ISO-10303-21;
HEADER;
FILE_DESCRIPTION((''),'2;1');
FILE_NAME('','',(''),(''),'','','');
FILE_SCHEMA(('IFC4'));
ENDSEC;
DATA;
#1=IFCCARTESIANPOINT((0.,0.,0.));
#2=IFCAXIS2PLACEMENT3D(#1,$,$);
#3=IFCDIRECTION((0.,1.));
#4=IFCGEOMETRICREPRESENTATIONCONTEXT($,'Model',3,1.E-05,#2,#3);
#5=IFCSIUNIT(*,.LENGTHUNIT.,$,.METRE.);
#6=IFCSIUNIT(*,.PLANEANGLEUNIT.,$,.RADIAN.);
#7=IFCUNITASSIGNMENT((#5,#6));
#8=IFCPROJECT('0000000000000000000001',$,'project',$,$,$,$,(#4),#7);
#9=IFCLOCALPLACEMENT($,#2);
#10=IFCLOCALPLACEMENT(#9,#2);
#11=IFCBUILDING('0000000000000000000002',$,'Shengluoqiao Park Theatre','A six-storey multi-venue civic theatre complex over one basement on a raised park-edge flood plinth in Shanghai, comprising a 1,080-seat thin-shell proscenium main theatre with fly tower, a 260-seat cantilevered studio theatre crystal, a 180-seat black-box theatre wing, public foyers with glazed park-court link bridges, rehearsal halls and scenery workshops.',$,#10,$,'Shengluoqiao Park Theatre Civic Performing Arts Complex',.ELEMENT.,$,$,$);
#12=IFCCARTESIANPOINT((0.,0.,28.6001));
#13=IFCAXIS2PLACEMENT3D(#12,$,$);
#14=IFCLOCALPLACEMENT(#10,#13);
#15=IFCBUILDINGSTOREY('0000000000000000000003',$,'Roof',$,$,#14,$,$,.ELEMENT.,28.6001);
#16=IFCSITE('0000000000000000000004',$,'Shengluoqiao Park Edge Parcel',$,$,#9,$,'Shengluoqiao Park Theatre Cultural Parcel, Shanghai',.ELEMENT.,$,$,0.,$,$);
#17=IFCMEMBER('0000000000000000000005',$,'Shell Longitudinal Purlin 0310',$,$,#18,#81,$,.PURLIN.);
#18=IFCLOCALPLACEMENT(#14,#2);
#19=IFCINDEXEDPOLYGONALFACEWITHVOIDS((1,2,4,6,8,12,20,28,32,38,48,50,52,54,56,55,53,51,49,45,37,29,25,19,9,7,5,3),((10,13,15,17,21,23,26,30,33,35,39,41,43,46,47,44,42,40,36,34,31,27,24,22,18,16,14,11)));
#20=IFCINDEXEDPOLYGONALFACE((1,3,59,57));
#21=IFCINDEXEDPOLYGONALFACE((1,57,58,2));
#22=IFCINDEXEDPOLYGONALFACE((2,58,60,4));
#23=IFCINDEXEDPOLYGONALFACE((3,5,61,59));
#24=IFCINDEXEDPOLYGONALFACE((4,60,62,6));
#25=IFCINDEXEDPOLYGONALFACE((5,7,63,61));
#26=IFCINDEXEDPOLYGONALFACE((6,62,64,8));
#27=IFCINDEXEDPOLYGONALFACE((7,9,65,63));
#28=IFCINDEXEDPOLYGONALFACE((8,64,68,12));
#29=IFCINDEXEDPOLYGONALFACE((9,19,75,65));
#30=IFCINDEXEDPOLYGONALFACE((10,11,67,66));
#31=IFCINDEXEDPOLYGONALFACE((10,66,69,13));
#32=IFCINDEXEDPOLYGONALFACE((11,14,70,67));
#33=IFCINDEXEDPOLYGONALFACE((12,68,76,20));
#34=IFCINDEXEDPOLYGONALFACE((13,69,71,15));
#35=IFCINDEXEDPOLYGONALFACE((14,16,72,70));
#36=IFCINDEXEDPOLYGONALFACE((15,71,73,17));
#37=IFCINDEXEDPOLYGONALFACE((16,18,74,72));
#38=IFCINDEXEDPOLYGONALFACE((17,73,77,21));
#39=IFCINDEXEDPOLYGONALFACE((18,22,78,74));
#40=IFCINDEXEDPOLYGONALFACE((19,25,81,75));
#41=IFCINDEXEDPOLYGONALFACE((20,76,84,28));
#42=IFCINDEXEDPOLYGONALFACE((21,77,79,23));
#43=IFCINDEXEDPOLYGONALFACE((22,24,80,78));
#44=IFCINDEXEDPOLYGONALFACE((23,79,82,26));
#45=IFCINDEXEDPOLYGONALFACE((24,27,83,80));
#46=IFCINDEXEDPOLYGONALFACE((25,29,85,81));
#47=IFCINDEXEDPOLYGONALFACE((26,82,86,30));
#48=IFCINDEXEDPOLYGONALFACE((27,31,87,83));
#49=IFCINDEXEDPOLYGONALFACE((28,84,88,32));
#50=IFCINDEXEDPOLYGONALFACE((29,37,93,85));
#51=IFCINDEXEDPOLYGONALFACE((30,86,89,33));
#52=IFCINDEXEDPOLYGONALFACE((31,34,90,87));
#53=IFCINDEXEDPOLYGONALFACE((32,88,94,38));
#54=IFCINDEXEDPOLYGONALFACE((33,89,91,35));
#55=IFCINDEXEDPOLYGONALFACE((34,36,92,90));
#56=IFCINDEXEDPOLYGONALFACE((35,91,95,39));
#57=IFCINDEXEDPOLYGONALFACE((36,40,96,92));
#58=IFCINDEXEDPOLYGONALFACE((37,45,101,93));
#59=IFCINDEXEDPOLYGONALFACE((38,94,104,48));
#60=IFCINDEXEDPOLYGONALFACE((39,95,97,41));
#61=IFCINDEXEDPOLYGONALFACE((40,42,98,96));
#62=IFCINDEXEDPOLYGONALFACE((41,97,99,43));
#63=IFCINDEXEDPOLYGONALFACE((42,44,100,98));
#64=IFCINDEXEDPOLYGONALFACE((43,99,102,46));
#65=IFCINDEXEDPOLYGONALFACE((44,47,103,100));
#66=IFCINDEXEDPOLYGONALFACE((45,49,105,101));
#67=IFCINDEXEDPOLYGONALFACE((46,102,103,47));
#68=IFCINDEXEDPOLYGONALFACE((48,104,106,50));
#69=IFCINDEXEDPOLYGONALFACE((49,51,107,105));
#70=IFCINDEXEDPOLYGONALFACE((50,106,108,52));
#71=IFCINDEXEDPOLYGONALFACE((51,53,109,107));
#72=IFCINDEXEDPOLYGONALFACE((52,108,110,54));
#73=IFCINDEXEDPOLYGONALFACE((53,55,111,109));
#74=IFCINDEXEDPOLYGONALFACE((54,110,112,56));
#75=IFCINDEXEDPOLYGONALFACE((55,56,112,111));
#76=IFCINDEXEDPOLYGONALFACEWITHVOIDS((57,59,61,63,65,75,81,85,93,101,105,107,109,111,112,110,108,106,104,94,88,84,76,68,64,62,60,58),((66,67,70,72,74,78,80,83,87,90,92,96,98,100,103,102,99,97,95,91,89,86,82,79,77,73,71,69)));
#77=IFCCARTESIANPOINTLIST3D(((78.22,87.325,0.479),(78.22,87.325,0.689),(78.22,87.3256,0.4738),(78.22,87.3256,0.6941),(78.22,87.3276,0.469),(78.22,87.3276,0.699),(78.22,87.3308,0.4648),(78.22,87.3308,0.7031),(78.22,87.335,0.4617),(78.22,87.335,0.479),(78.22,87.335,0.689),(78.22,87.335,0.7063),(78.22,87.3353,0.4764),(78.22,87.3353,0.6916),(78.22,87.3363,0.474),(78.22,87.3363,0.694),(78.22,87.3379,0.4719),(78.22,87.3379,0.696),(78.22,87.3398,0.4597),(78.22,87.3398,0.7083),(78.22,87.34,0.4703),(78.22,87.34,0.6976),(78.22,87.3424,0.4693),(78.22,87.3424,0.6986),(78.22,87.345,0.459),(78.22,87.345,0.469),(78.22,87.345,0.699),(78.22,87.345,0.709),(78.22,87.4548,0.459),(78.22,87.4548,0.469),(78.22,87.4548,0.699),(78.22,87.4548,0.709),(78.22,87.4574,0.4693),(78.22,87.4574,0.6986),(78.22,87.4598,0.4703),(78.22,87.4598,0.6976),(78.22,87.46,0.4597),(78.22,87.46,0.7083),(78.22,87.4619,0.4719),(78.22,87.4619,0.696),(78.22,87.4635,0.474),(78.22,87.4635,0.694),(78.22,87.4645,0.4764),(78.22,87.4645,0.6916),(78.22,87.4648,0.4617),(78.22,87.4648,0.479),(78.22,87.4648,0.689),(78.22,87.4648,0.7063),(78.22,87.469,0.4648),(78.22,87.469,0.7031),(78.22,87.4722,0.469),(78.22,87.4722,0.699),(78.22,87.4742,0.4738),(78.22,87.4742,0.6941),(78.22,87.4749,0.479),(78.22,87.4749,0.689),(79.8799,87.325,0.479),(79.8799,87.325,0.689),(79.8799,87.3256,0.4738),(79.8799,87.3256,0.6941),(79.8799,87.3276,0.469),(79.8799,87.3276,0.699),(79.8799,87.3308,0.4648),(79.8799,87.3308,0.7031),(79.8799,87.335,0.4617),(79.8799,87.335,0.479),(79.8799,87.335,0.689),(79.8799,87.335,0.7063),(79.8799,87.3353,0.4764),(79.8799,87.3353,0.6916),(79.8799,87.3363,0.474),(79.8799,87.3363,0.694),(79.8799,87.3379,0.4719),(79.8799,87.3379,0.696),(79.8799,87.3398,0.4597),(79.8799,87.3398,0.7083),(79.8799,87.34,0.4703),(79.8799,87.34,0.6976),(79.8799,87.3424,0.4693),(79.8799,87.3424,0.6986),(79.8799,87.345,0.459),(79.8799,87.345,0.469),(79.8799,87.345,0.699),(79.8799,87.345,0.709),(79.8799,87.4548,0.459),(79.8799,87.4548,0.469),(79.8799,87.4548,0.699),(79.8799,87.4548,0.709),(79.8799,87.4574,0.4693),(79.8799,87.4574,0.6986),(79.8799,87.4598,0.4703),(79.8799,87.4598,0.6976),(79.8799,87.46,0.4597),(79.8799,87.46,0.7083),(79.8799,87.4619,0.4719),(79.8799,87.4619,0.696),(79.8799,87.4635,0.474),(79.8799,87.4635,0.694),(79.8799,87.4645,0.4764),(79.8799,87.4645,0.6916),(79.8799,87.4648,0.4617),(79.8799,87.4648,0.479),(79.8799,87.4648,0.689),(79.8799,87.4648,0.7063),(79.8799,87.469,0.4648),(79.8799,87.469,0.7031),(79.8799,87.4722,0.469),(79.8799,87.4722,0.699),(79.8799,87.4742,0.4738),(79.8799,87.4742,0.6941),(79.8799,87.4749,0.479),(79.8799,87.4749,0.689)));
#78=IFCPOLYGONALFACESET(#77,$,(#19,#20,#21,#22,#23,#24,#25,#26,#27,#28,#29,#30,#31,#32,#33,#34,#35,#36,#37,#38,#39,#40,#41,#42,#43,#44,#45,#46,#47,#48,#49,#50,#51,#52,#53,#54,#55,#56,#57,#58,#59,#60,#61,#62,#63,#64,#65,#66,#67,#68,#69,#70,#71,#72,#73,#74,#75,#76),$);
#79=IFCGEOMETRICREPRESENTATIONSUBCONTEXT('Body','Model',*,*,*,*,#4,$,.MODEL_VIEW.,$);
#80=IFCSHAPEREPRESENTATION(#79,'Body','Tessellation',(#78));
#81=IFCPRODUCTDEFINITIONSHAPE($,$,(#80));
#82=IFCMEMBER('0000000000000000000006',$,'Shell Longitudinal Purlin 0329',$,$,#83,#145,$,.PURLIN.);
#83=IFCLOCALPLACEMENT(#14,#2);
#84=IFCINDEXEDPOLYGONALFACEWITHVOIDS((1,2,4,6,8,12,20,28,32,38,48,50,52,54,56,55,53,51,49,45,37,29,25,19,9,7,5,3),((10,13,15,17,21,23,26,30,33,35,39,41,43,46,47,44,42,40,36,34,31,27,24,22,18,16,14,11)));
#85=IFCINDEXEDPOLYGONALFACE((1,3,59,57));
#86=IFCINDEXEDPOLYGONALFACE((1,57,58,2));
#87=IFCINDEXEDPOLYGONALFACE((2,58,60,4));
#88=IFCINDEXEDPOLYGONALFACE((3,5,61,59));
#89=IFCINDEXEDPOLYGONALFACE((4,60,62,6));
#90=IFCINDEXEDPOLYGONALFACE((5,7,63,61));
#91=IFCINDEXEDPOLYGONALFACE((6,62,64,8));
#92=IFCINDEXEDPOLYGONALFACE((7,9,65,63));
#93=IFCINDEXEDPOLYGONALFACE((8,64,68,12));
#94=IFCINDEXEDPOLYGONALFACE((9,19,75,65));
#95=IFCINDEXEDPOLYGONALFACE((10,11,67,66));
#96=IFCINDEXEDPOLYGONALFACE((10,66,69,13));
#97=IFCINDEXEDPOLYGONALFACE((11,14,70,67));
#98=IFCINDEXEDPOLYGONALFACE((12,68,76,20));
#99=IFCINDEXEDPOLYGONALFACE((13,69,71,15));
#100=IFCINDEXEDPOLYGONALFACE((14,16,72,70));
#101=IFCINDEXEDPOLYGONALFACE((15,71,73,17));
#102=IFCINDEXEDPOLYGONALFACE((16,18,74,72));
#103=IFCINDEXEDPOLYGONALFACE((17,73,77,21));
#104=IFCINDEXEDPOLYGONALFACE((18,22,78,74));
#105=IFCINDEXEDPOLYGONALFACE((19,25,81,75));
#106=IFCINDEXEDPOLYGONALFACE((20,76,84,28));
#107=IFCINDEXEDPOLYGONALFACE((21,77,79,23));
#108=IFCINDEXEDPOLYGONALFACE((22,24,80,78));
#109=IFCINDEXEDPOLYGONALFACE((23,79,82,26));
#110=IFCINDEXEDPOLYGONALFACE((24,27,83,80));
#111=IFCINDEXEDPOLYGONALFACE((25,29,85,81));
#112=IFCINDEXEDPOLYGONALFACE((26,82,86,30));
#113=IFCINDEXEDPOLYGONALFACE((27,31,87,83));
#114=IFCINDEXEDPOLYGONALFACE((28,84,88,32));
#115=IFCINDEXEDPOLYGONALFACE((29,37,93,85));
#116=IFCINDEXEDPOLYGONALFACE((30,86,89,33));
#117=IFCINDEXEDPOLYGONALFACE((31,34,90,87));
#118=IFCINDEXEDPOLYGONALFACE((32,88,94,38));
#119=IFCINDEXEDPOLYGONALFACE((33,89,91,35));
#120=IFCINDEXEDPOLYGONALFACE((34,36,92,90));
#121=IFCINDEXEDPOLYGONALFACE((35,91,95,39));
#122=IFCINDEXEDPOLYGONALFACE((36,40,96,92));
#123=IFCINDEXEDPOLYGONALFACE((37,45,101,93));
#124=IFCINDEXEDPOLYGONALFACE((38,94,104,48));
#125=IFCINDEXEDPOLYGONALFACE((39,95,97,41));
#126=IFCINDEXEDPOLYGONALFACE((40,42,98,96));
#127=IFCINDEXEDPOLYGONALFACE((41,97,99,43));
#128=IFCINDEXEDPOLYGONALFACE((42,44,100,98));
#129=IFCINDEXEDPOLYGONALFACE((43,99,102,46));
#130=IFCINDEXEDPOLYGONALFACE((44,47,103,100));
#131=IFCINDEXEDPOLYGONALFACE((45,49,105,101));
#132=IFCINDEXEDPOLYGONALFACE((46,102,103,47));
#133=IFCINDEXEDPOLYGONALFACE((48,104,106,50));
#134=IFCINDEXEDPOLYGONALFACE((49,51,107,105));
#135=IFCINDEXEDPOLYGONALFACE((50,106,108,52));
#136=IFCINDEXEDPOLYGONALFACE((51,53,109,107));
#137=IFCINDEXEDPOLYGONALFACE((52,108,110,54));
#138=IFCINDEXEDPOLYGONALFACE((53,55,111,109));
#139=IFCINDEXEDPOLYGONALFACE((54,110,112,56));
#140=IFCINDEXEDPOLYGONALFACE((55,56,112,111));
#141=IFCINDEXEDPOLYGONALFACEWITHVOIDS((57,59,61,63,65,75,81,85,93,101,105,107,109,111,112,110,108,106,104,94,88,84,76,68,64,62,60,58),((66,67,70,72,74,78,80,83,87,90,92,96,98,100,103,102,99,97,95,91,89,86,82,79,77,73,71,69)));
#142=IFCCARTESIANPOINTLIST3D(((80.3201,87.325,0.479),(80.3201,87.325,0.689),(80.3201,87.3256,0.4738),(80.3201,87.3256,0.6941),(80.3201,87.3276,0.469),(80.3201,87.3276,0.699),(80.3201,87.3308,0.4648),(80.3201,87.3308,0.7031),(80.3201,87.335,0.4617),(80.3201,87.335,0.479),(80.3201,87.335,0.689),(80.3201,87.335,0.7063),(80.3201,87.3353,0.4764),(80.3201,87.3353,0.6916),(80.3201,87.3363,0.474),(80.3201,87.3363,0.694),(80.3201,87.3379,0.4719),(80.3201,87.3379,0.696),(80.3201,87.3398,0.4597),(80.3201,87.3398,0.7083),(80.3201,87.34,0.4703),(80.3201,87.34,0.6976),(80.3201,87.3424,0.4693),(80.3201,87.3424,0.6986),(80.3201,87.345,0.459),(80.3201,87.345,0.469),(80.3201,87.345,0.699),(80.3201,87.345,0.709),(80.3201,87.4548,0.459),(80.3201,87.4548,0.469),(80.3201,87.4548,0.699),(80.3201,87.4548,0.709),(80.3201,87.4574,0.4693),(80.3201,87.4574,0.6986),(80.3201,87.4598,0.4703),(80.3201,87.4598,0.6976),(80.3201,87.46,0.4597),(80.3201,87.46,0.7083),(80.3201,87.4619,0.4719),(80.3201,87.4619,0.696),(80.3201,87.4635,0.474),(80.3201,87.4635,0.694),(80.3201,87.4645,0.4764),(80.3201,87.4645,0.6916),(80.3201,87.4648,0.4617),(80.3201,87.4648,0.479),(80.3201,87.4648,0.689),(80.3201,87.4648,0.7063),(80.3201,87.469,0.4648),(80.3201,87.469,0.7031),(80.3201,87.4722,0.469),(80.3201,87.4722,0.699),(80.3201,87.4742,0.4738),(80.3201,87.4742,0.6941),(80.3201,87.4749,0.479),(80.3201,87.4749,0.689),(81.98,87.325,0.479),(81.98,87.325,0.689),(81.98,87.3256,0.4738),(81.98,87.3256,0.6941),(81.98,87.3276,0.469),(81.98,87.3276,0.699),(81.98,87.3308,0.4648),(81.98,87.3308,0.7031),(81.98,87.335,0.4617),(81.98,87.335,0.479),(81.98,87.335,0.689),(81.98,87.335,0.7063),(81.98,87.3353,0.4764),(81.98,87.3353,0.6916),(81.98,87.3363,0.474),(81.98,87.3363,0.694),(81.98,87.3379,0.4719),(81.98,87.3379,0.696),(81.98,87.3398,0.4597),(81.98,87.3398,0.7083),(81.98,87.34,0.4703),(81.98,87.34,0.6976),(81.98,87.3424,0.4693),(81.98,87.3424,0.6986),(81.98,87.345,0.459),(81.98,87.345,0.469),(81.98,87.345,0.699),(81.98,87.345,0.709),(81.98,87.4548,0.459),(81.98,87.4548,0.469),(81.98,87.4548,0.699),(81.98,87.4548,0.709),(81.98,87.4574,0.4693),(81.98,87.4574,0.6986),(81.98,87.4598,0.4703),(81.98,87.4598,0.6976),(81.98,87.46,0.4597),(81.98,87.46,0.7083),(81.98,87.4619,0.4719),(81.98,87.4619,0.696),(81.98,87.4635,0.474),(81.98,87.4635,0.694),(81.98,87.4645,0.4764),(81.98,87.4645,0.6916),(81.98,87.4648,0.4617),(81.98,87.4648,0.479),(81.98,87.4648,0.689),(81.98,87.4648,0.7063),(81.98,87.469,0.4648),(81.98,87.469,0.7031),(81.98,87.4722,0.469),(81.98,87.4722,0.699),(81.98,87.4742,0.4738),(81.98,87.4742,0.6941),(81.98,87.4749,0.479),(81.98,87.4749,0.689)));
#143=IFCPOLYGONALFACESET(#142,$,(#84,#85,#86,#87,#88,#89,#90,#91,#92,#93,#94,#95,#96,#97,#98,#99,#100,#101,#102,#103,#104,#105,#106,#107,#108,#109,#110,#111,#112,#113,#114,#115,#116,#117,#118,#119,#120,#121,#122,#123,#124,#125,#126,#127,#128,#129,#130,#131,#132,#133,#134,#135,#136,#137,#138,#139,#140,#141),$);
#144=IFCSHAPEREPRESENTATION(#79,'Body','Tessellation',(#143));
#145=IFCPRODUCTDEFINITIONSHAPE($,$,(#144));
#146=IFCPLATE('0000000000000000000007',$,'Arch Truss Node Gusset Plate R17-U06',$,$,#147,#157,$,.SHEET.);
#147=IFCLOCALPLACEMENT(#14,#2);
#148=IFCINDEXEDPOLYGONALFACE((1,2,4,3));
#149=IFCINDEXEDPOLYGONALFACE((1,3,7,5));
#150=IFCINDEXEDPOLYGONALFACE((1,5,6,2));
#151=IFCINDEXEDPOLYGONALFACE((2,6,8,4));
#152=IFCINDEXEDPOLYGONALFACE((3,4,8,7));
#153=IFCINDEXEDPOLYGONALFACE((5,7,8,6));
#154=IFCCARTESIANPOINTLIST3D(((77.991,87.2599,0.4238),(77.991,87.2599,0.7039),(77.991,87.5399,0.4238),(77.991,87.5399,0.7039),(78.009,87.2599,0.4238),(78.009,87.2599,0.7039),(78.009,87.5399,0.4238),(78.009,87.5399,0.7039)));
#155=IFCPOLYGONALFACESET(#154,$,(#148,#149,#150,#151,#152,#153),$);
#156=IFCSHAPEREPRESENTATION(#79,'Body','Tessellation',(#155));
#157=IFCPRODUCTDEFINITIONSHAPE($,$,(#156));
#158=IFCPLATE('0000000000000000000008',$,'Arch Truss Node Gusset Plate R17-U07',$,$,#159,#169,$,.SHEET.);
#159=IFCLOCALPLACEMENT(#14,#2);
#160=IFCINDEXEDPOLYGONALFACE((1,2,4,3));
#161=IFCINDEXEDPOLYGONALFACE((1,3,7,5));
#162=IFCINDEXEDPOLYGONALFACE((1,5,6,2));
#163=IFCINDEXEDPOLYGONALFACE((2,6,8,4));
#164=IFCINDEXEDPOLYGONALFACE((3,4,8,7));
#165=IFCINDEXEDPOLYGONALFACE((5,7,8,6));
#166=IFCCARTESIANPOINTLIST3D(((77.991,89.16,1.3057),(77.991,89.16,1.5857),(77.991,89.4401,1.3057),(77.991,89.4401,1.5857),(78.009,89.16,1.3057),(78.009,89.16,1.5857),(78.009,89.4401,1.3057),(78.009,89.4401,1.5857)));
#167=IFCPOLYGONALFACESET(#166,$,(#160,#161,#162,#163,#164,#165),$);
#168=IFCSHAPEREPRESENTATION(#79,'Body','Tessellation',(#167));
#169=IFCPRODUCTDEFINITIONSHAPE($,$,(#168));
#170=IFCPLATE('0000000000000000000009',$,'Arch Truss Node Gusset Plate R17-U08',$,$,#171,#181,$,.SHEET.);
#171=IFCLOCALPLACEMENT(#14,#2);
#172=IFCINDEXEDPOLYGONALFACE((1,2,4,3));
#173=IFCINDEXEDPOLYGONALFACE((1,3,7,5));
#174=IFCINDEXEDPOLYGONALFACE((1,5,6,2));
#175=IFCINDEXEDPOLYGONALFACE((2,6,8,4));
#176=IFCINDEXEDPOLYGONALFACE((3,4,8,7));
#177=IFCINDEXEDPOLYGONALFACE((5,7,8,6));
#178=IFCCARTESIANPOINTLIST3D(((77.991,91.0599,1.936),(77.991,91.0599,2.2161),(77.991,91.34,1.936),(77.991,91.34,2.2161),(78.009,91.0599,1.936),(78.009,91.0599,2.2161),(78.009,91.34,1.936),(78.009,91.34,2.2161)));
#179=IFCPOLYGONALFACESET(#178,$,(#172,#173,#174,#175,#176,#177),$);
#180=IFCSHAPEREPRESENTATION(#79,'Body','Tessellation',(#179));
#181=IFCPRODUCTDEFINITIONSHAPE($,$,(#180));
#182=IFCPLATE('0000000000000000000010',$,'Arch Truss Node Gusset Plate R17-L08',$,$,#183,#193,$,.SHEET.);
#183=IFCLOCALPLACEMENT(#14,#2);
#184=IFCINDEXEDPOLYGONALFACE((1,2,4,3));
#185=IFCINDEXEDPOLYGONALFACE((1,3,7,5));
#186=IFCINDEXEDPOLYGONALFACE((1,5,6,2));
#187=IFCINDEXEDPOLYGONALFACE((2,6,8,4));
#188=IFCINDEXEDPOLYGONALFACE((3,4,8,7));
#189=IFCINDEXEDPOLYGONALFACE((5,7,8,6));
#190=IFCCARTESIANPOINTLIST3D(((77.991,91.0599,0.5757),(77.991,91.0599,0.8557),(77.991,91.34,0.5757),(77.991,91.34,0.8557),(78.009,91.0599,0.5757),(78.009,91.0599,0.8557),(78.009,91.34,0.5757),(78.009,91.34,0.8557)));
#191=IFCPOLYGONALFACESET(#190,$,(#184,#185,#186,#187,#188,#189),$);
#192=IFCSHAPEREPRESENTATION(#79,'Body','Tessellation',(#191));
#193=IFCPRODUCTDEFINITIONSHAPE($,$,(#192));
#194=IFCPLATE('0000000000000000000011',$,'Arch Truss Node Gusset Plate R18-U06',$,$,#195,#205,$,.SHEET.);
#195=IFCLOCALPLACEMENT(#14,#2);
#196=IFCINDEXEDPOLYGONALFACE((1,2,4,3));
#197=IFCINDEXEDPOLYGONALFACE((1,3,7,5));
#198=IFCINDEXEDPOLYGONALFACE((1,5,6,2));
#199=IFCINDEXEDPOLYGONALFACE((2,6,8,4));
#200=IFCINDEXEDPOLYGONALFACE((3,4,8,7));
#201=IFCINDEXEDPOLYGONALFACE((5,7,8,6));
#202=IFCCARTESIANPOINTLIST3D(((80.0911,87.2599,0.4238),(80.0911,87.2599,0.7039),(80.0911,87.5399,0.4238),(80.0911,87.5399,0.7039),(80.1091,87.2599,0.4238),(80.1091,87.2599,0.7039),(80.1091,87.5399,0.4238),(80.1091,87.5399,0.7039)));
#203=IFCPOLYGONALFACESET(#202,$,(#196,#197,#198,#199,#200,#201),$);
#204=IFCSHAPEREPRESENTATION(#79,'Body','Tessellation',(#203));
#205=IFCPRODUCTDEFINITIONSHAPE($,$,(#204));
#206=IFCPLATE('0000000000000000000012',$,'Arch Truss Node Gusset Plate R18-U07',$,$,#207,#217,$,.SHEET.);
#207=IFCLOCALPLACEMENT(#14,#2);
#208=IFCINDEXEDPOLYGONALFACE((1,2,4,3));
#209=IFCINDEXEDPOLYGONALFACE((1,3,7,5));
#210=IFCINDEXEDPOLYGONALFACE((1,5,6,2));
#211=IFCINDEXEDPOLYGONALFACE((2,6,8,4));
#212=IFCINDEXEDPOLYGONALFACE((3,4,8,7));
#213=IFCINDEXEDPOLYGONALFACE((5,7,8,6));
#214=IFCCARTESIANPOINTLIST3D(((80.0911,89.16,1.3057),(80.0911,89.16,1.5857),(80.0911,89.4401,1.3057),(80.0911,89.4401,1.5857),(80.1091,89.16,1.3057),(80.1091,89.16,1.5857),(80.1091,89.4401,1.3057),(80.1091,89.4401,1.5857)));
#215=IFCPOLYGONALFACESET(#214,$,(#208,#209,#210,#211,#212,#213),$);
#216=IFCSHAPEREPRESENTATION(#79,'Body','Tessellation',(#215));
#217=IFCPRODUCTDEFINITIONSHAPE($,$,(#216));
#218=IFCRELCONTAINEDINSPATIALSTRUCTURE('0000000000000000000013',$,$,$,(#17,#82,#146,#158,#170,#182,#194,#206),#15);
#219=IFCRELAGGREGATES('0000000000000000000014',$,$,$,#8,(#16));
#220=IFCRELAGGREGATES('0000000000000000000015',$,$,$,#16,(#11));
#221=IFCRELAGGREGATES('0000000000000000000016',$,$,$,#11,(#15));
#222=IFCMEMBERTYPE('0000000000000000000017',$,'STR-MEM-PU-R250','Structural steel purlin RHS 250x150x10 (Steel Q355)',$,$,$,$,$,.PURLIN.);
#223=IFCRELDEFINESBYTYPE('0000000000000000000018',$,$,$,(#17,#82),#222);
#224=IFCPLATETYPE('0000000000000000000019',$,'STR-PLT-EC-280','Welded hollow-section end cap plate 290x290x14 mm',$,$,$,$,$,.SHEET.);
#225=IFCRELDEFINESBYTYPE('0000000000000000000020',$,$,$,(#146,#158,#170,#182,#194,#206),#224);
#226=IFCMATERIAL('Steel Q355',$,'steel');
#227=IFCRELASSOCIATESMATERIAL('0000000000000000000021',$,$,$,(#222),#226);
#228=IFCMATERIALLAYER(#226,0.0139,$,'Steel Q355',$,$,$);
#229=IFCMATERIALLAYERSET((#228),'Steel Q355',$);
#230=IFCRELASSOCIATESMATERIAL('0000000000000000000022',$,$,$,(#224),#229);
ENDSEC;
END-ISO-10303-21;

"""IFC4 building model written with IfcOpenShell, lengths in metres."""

from ifc_helpers import new_model, si_unit, direction, frame, origin, origin_2d, place, context, subcontext, project, spatial, rectangle, hollow_rectangle, extrude, material, layer, layer_set, material_profile, profile_set, type_object, element, save


model = new_model("IFC4")

# Units and contexts
model_context = context("Model", 3, precision=1e-05, world=origin(), true_north=direction((0.0, 1.0)))
body_context = subcontext(model_context, "Body", "Model", "MODEL_VIEW")
ifc_project = project(units=[si_unit("LENGTHUNIT", "METRE"), si_unit("PLANEANGLEUNIT", "RADIAN")], contexts=[model_context])

# Site, building, storey
site_placement = place(None, origin())
site = spatial("IfcSite", under=ifc_project, at=site_placement, Name="Shengluoqiao Park Edge Parcel", LongName="Shengluoqiao Park Theatre Cultural Parcel, Shanghai", CompositionType="ELEMENT", RefElevation=0.0)
building_placement = place(site_placement, origin())
building = spatial("IfcBuilding", under=site, at=building_placement, Name="Shengluoqiao Park Theatre", Description="A six-storey multi-venue civic theatre complex over one basement on a raised park-edge flood plinth in Shanghai, comprising a 1,080-seat thin-shell proscenium main theatre with fly tower, a 260-seat cantilevered studio theatre crystal, a 180-seat black-box theatre wing, public foyers with glazed park-court link bridges, rehearsal halls and scenery workshops.", LongName="Shengluoqiao Park Theatre Civic Performing Arts Complex", CompositionType="ELEMENT")
storey_placement = place(building_placement, frame((0.0, 0.0, 28.6001)))
storey = spatial("IfcBuildingStorey", under=building, at=storey_placement, Name="Roof", CompositionType="ELEMENT", Elevation=28.6001)

# Shared definitions
ifc_material_1 = material(Name="Steel Q355", Category="steel")

# Members
ifc_material_profile_1 = material_profile(ifc_material_1, hollow_rectangle(XDim=0.1499, YDim=0.25, WallThickness=0.01, InnerFilletRadius=0.01, OuterFilletRadius=0.02, at=origin_2d()), Name="RHS 250x150x10")
ifc_profile_set_1 = profile_set([ifc_material_profile_1], Name="Steel Q355")
member_type_1 = type_object("IfcMemberType", Name="STR-MEM-PU-R250", Description="Structural steel purlin RHS 250x150x10 (Steel Q355)", PredefinedType="PURLIN", material=ifc_profile_set_1)
for number, where, z_axis, x_axis, name in (
    (1, (78.22, 87.3999, 0.584), (1.0, 0.0, 0.0), (0.0, 1.0, 0.0), "Shell Longitudinal Purlin 0310"),
    (2, (80.3201, 87.3999, 0.584), (1.0, 0.0, 0.0), (0.0, 1.0, 0.0), "Shell Longitudinal Purlin 0329"),
):
    element("IfcMember", number, at=place(storey_placement, frame(where, z_axis=z_axis, x_axis=x_axis)), inside=storey, type_object=member_type_1, Name=name, PredefinedType="PURLIN", context=body_context, shape_type="SweptSolid", body=[
        extrude(hollow_rectangle(XDim=0.1499, YDim=0.25, WallThickness=0.01, InnerFilletRadius=0.01, OuterFilletRadius=0.02, at=origin_2d()), origin(), (0.0, 0.0, 1.0), 1.6599),
    ])

# Plates
ifc_layer_1 = layer(ifc_material_1, 0.0139, Name="Steel Q355")
ifc_layer_set_1 = layer_set([ifc_layer_1], Name="Steel Q355")
plate_type_1 = type_object("IfcPlateType", Name="STR-PLT-EC-280", Description="Welded hollow-section end cap plate 290x290x14 mm", PredefinedType="SHEET", material=ifc_layer_set_1)
for number, where, z_axis, x_axis, name in (
    (3, (78.0, 87.3999, 0.4238), (0.0, 0.0, 1.0), (1.0, 0.0, 0.0), "Arch Truss Node Gusset Plate R17-U06"),
    (4, (78.0, 89.3, 1.3057), (0.0, 0.0, 1.0), (1.0, 0.0, 0.0), "Arch Truss Node Gusset Plate R17-U07"),
    (5, (78.0, 91.2, 1.936), (0.0, 0.0, 1.0), (1.0, 0.0, 0.0), "Arch Truss Node Gusset Plate R17-U08"),
    (6, (78.0, 91.2, 0.5757), (0.0, 0.0, 1.0), (1.0, 0.0, 0.0), "Arch Truss Node Gusset Plate R17-L08"),
    (7, (80.1001, 87.3999, 0.4238), (0.0, 0.0, 1.0), (1.0, 0.0, 0.0), "Arch Truss Node Gusset Plate R18-U06"),
    (8, (80.1001, 89.3, 1.3057), (0.0, 0.0, 1.0), (1.0, 0.0, 0.0), "Arch Truss Node Gusset Plate R18-U07"),
):
    element("IfcPlate", number, at=place(storey_placement, frame(where, z_axis=z_axis, x_axis=x_axis)), inside=storey, type_object=plate_type_1, Name=name, PredefinedType="SHEET", context=body_context, shape_type="SweptSolid", body=[
        extrude(rectangle(XDim=0.0181, YDim=0.28, at=origin_2d()), origin(), (0.0, 0.0, 1.0), 0.28),
    ])

save(model, "model.ifc")
